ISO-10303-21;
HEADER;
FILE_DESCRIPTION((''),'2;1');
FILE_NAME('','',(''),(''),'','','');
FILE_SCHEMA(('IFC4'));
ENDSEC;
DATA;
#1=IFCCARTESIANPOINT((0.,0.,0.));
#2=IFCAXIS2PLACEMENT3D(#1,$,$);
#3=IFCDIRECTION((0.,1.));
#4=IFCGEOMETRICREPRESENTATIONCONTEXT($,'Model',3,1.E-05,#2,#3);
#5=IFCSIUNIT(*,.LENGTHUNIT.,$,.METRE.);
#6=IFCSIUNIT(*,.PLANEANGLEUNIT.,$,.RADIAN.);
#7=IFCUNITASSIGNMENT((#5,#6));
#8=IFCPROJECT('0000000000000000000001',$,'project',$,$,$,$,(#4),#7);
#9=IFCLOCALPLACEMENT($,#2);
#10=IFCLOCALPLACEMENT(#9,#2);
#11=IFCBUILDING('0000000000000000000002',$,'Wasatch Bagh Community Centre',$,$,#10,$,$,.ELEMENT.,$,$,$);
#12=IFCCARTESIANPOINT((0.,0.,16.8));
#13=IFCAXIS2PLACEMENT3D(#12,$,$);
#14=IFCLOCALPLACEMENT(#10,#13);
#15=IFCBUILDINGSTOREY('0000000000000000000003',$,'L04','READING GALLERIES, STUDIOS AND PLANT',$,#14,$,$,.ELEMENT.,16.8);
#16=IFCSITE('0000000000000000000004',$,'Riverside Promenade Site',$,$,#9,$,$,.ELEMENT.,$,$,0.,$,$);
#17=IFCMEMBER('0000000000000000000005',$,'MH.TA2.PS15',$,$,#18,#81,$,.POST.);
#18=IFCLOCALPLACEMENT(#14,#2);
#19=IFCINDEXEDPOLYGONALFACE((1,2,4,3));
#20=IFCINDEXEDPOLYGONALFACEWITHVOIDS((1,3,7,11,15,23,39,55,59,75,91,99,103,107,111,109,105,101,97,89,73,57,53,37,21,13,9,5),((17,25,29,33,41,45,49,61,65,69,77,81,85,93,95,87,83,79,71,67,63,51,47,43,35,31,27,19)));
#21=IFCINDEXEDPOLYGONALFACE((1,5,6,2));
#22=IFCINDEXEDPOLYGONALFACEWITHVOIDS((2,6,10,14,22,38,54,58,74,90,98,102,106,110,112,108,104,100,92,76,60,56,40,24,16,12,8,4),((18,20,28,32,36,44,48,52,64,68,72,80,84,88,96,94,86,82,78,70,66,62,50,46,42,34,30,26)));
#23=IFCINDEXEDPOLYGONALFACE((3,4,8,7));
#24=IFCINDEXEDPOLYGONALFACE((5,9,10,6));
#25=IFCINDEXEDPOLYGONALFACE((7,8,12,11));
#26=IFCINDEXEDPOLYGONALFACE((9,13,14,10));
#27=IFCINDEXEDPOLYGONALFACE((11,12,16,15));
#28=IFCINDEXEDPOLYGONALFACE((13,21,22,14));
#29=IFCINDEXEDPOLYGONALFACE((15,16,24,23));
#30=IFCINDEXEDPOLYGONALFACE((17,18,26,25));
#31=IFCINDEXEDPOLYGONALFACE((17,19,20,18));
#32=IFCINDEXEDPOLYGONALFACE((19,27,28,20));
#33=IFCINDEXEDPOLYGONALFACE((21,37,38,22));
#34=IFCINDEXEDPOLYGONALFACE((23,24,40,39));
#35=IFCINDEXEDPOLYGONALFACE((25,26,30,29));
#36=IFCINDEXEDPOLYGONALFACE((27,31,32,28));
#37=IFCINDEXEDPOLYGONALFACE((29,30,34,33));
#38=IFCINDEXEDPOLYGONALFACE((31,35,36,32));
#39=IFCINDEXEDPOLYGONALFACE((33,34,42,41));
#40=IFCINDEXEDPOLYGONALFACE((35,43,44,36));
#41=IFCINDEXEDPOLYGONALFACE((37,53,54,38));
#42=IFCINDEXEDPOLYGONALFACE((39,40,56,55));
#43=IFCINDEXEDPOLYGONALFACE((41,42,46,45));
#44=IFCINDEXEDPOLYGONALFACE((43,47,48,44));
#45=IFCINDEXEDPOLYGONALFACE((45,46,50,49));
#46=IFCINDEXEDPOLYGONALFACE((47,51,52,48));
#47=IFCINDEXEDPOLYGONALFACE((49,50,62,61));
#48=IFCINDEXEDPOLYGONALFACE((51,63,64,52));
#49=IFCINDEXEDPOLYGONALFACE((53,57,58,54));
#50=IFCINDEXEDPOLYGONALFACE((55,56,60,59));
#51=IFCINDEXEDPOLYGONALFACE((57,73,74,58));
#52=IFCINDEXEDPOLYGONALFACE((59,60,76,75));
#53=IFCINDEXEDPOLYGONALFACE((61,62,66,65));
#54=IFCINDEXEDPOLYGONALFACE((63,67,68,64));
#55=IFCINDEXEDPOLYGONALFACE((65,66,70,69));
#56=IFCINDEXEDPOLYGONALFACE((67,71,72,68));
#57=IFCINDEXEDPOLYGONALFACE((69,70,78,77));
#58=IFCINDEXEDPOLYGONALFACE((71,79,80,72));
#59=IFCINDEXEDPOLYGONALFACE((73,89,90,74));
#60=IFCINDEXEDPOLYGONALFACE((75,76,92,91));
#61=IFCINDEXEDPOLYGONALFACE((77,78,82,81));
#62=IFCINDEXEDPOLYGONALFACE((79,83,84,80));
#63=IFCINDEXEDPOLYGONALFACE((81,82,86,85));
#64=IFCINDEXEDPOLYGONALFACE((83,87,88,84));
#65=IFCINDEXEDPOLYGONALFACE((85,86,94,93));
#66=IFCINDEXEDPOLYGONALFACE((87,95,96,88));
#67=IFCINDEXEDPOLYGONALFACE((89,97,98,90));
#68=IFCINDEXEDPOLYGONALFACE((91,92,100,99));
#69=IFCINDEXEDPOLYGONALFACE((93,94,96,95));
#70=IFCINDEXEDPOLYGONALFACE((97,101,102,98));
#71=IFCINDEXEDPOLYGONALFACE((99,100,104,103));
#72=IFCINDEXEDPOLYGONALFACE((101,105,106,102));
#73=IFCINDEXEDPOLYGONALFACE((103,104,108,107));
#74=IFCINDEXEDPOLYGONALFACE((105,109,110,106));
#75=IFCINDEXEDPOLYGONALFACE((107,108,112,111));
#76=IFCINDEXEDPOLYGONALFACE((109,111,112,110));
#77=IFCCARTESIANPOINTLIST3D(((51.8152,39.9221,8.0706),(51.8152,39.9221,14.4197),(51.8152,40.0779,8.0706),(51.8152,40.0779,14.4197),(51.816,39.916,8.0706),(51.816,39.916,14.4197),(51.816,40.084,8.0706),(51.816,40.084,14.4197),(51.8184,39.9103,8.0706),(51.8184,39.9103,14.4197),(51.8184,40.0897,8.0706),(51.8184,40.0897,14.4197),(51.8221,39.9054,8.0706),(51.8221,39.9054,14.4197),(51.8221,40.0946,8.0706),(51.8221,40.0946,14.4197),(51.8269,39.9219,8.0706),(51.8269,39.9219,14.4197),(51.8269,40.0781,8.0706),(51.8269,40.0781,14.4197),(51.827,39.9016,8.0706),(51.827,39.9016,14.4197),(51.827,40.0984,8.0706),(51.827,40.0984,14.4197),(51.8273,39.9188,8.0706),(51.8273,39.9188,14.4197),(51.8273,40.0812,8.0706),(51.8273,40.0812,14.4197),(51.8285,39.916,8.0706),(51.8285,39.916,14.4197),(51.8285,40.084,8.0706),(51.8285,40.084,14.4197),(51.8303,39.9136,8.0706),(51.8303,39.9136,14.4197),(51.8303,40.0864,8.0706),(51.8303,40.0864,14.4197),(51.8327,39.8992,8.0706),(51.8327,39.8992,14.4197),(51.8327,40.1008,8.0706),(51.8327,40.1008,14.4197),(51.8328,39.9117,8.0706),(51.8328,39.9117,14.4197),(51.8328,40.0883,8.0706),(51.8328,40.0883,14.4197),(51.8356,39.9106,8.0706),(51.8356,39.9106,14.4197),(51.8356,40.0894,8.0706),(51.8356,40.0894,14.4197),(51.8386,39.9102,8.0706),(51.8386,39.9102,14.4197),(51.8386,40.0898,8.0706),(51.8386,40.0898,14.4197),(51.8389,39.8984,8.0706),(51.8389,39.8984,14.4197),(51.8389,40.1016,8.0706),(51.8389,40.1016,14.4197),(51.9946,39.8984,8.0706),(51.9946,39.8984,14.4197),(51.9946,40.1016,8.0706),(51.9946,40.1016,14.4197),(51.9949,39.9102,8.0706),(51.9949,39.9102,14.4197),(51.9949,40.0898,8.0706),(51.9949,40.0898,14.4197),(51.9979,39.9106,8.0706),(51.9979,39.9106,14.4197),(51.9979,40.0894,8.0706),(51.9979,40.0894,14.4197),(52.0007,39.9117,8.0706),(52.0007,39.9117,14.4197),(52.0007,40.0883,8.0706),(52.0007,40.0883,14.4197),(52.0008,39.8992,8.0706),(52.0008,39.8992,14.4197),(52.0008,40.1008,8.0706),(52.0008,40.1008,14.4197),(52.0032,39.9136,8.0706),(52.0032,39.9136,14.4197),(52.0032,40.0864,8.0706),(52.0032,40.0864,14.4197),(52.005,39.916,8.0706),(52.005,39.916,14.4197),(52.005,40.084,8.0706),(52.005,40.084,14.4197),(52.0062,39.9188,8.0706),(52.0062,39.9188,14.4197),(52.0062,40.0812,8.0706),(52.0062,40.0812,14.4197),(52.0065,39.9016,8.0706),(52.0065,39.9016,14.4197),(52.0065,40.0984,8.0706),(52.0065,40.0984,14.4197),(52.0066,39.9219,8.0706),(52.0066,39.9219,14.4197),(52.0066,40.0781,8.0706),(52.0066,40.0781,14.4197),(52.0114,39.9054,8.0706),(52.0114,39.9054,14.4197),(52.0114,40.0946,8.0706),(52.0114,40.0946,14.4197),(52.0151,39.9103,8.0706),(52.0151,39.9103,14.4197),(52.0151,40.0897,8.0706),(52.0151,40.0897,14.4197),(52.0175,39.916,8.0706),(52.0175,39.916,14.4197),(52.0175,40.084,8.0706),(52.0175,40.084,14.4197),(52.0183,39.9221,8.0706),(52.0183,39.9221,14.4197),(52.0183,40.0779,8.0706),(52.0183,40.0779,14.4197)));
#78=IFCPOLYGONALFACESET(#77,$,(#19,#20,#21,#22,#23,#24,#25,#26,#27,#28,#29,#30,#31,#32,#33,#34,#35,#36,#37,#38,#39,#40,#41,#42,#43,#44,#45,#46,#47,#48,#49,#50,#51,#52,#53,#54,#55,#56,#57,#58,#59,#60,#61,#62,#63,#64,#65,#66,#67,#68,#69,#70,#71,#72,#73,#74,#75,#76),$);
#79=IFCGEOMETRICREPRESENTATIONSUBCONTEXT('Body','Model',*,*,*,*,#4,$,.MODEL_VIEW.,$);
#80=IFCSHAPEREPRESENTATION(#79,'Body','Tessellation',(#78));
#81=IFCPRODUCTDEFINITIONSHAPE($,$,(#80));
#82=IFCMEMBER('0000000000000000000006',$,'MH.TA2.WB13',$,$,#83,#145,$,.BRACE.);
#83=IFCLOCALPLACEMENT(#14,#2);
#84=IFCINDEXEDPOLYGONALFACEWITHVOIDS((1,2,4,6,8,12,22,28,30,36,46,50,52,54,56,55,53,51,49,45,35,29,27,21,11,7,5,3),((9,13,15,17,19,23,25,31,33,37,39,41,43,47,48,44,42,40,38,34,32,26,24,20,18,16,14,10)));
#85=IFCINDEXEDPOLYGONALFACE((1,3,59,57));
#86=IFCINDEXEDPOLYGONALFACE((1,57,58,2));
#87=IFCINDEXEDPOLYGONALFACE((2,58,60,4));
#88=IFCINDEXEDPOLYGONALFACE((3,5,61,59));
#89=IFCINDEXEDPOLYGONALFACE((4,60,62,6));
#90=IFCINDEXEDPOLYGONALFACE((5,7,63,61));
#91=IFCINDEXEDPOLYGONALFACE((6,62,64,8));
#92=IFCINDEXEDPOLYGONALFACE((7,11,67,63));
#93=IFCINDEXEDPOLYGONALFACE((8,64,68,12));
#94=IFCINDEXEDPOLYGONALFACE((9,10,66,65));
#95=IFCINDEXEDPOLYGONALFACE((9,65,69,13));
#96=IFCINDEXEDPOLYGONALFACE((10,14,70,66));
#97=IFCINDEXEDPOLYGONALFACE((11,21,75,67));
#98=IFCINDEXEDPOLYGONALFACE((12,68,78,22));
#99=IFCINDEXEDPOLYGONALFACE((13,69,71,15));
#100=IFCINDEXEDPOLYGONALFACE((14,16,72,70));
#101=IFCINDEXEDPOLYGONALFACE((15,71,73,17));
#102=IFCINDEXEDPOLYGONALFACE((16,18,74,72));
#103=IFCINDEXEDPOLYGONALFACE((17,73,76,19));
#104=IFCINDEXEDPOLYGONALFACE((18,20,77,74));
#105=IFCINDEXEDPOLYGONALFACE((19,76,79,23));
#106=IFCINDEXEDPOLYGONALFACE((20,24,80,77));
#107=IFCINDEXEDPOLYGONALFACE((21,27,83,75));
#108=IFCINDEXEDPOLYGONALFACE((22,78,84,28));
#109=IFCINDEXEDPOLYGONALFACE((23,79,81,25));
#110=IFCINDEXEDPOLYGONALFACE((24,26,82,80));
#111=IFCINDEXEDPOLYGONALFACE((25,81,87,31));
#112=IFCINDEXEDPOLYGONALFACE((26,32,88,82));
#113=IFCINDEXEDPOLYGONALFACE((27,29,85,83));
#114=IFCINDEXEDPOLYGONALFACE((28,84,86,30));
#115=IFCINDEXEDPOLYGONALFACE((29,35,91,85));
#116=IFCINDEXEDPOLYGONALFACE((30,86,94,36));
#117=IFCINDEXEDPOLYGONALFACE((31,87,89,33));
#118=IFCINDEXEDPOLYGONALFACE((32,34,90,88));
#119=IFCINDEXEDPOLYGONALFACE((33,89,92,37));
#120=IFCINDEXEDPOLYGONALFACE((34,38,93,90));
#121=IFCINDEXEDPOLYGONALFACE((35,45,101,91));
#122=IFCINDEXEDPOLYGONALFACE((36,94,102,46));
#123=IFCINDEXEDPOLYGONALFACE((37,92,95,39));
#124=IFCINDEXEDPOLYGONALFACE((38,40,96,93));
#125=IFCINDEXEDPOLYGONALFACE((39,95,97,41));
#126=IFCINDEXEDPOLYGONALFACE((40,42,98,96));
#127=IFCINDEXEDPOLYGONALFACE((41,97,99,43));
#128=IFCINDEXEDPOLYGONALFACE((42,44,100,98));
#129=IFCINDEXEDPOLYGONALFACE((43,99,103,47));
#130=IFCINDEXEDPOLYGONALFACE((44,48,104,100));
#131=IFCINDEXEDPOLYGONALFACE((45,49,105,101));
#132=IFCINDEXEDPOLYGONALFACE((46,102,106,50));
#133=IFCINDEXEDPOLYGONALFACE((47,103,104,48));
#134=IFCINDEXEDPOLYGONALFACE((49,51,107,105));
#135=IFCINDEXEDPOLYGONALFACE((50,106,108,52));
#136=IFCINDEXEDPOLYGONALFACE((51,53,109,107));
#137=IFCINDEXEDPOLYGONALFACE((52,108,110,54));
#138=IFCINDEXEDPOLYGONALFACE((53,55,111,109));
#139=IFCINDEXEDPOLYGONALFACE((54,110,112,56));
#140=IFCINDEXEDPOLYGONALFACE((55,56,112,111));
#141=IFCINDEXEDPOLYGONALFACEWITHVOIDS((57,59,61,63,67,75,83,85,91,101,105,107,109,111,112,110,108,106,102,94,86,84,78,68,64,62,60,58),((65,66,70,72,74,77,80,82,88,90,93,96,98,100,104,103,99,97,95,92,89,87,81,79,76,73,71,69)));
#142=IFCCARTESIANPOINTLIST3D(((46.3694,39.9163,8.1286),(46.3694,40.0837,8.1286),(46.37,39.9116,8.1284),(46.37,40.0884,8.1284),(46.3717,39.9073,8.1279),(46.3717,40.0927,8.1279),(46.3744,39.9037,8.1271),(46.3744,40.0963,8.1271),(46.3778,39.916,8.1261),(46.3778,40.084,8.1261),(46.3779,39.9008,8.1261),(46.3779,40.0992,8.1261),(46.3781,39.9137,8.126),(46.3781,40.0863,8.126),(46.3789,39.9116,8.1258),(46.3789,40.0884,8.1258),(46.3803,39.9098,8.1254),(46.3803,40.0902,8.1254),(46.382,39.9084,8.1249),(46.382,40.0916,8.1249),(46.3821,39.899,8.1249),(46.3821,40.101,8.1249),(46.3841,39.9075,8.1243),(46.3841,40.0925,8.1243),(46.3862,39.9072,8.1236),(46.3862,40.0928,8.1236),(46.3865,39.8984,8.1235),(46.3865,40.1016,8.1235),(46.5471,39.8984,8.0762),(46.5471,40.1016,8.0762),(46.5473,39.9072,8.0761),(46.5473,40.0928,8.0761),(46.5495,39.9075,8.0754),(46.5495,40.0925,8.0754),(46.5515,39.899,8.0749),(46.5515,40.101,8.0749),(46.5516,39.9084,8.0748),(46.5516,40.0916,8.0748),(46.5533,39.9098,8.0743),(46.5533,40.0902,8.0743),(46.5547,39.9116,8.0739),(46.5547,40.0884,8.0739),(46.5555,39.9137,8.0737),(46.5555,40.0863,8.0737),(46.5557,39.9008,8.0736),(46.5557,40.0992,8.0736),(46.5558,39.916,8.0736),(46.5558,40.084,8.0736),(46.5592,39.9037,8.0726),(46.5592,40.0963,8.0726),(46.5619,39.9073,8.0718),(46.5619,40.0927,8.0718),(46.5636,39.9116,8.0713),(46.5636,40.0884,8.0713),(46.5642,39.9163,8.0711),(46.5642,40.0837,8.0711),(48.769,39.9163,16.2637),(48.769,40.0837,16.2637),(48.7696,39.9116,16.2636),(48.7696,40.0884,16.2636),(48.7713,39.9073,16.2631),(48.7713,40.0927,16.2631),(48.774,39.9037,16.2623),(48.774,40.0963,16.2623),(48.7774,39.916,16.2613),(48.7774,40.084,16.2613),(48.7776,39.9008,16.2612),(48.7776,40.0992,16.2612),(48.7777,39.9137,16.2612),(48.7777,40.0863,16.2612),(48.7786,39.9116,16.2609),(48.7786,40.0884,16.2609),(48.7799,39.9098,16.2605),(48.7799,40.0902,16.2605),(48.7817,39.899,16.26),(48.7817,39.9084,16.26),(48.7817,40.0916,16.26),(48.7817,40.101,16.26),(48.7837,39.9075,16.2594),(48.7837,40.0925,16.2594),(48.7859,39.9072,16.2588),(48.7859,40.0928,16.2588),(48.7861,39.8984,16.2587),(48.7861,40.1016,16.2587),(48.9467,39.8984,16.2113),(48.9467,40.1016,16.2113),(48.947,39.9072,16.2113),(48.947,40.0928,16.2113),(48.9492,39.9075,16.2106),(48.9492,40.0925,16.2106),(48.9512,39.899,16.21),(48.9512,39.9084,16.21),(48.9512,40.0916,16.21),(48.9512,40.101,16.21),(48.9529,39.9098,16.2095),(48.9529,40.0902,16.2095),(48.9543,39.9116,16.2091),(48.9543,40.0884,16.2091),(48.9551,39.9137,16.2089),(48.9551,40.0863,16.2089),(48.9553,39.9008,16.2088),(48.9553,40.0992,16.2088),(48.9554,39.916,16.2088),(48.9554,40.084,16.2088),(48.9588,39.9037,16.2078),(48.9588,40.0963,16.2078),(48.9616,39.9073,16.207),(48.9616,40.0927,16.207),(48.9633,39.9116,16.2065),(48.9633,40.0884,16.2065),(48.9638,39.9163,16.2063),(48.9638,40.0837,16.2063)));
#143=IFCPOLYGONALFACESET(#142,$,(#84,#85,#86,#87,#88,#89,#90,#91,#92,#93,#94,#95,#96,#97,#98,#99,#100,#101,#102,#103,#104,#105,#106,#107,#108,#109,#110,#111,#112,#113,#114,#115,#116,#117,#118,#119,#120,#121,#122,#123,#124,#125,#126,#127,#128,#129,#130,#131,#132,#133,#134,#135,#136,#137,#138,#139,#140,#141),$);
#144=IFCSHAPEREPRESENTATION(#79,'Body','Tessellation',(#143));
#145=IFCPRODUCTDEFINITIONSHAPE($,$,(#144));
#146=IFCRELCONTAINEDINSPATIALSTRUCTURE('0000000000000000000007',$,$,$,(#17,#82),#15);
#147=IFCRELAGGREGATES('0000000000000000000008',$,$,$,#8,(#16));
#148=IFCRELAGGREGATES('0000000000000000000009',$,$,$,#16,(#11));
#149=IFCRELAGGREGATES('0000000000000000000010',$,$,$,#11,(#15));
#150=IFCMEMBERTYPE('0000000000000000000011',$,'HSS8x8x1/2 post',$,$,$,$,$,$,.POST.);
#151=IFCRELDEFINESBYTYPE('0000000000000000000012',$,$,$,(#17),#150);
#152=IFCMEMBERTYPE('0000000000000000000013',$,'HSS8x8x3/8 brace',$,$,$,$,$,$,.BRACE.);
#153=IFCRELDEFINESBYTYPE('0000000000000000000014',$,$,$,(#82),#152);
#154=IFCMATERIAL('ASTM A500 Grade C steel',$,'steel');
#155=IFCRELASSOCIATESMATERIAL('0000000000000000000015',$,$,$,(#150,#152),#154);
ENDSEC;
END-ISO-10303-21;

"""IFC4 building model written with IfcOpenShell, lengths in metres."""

from ifc_helpers import new_model, si_unit, direction, frame, origin, origin_2d, place, context, subcontext, project, spatial, hollow_rectangle, extrude, material, material_profile, profile_set, type_object, element, save


model = new_model("IFC4")

# Units and contexts
model_context = context("Model", 3, precision=1e-05, world=origin(), true_north=direction((0.0, 1.0)))
body_context = subcontext(model_context, "Body", "Model", "MODEL_VIEW")
ifc_project = project(units=[si_unit("LENGTHUNIT", "METRE"), si_unit("PLANEANGLEUNIT", "RADIAN")], contexts=[model_context])

# Site, building, storey
site_placement = place(None, origin())
site = spatial("IfcSite", under=ifc_project, at=site_placement, Name="Riverside Promenade Site", CompositionType="ELEMENT", RefElevation=0.0)
building_placement = place(site_placement, origin())
building = spatial("IfcBuilding", under=site, at=building_placement, Name="Wasatch Bagh Community Centre", CompositionType="ELEMENT")
storey_placement = place(building_placement, frame((0.0, 0.0, 16.8)))
storey = spatial("IfcBuildingStorey", under=building, at=storey_placement, Name="L04", Description="READING GALLERIES, STUDIOS AND PLANT", CompositionType="ELEMENT", Elevation=16.8)

# Members
ifc_material_1 = material(Name="ASTM A500 Grade C steel", Category="steel")
ifc_material_profile_1 = material_profile(ifc_material_1, hollow_rectangle(XDim=0.2031, YDim=0.2031, WallThickness=0.0117, InnerFilletRadius=0.0117, OuterFilletRadius=0.0237, at=origin_2d()), Name="HSS8x8x1/2")
ifc_profile_set_1 = profile_set([ifc_material_profile_1], Name="ASTM A500 Grade C steel")
member_type_1 = type_object("IfcMemberType", Name="HSS8x8x1/2 post", PredefinedType="POST", material=ifc_profile_set_1)
member_1_placement = place(storey_placement, frame((51.9167, 40.0, 8.0706), z_axis=(0.0, 0.0, 1.0), x_axis=(1.0, 0.0, 0.0)))
element("IfcMember", 1, at=member_1_placement, inside=storey, type_object=member_type_1, Name="MH.TA2.PS15", PredefinedType="POST", context=body_context, shape_type="SweptSolid", body=[
    extrude(hollow_rectangle(XDim=0.2031, YDim=0.2031, WallThickness=0.0117, InnerFilletRadius=0.0117, OuterFilletRadius=0.0237, at=origin_2d()), origin(), (0.0, 0.0, 1.0), 6.3491),
])
ifc_material_profile_2 = material_profile(ifc_material_1, hollow_rectangle(XDim=0.2031, YDim=0.2031, WallThickness=0.0088, InnerFilletRadius=0.0088, OuterFilletRadius=0.0178, at=origin_2d()), Name="HSS8x8x3/8")
ifc_profile_set_2 = profile_set([ifc_material_profile_2], Name="ASTM A500 Grade C steel")
member_type_2 = type_object("IfcMemberType", Name="HSS8x8x3/8 brace", PredefinedType="BRACE", material=ifc_profile_set_2)
member_2_placement = place(storey_placement, frame((46.4668, 40.0, 8.0999), z_axis=(0.282919, 0.0, 0.959144), x_axis=(0.0, 1.0, 0.0)))
element("IfcMember", 2, at=member_2_placement, inside=storey, type_object=member_type_2, Name="MH.TA2.WB13", PredefinedType="BRACE", context=body_context, shape_type="SweptSolid", body=[
    extrude(hollow_rectangle(XDim=0.2031, YDim=0.2031, WallThickness=0.0088, InnerFilletRadius=0.0088, OuterFilletRadius=0.0178, at=origin_2d()), origin(), (0.0, 0.0, 1.0), 8.4817),
])

save(model, "model.ifc")
